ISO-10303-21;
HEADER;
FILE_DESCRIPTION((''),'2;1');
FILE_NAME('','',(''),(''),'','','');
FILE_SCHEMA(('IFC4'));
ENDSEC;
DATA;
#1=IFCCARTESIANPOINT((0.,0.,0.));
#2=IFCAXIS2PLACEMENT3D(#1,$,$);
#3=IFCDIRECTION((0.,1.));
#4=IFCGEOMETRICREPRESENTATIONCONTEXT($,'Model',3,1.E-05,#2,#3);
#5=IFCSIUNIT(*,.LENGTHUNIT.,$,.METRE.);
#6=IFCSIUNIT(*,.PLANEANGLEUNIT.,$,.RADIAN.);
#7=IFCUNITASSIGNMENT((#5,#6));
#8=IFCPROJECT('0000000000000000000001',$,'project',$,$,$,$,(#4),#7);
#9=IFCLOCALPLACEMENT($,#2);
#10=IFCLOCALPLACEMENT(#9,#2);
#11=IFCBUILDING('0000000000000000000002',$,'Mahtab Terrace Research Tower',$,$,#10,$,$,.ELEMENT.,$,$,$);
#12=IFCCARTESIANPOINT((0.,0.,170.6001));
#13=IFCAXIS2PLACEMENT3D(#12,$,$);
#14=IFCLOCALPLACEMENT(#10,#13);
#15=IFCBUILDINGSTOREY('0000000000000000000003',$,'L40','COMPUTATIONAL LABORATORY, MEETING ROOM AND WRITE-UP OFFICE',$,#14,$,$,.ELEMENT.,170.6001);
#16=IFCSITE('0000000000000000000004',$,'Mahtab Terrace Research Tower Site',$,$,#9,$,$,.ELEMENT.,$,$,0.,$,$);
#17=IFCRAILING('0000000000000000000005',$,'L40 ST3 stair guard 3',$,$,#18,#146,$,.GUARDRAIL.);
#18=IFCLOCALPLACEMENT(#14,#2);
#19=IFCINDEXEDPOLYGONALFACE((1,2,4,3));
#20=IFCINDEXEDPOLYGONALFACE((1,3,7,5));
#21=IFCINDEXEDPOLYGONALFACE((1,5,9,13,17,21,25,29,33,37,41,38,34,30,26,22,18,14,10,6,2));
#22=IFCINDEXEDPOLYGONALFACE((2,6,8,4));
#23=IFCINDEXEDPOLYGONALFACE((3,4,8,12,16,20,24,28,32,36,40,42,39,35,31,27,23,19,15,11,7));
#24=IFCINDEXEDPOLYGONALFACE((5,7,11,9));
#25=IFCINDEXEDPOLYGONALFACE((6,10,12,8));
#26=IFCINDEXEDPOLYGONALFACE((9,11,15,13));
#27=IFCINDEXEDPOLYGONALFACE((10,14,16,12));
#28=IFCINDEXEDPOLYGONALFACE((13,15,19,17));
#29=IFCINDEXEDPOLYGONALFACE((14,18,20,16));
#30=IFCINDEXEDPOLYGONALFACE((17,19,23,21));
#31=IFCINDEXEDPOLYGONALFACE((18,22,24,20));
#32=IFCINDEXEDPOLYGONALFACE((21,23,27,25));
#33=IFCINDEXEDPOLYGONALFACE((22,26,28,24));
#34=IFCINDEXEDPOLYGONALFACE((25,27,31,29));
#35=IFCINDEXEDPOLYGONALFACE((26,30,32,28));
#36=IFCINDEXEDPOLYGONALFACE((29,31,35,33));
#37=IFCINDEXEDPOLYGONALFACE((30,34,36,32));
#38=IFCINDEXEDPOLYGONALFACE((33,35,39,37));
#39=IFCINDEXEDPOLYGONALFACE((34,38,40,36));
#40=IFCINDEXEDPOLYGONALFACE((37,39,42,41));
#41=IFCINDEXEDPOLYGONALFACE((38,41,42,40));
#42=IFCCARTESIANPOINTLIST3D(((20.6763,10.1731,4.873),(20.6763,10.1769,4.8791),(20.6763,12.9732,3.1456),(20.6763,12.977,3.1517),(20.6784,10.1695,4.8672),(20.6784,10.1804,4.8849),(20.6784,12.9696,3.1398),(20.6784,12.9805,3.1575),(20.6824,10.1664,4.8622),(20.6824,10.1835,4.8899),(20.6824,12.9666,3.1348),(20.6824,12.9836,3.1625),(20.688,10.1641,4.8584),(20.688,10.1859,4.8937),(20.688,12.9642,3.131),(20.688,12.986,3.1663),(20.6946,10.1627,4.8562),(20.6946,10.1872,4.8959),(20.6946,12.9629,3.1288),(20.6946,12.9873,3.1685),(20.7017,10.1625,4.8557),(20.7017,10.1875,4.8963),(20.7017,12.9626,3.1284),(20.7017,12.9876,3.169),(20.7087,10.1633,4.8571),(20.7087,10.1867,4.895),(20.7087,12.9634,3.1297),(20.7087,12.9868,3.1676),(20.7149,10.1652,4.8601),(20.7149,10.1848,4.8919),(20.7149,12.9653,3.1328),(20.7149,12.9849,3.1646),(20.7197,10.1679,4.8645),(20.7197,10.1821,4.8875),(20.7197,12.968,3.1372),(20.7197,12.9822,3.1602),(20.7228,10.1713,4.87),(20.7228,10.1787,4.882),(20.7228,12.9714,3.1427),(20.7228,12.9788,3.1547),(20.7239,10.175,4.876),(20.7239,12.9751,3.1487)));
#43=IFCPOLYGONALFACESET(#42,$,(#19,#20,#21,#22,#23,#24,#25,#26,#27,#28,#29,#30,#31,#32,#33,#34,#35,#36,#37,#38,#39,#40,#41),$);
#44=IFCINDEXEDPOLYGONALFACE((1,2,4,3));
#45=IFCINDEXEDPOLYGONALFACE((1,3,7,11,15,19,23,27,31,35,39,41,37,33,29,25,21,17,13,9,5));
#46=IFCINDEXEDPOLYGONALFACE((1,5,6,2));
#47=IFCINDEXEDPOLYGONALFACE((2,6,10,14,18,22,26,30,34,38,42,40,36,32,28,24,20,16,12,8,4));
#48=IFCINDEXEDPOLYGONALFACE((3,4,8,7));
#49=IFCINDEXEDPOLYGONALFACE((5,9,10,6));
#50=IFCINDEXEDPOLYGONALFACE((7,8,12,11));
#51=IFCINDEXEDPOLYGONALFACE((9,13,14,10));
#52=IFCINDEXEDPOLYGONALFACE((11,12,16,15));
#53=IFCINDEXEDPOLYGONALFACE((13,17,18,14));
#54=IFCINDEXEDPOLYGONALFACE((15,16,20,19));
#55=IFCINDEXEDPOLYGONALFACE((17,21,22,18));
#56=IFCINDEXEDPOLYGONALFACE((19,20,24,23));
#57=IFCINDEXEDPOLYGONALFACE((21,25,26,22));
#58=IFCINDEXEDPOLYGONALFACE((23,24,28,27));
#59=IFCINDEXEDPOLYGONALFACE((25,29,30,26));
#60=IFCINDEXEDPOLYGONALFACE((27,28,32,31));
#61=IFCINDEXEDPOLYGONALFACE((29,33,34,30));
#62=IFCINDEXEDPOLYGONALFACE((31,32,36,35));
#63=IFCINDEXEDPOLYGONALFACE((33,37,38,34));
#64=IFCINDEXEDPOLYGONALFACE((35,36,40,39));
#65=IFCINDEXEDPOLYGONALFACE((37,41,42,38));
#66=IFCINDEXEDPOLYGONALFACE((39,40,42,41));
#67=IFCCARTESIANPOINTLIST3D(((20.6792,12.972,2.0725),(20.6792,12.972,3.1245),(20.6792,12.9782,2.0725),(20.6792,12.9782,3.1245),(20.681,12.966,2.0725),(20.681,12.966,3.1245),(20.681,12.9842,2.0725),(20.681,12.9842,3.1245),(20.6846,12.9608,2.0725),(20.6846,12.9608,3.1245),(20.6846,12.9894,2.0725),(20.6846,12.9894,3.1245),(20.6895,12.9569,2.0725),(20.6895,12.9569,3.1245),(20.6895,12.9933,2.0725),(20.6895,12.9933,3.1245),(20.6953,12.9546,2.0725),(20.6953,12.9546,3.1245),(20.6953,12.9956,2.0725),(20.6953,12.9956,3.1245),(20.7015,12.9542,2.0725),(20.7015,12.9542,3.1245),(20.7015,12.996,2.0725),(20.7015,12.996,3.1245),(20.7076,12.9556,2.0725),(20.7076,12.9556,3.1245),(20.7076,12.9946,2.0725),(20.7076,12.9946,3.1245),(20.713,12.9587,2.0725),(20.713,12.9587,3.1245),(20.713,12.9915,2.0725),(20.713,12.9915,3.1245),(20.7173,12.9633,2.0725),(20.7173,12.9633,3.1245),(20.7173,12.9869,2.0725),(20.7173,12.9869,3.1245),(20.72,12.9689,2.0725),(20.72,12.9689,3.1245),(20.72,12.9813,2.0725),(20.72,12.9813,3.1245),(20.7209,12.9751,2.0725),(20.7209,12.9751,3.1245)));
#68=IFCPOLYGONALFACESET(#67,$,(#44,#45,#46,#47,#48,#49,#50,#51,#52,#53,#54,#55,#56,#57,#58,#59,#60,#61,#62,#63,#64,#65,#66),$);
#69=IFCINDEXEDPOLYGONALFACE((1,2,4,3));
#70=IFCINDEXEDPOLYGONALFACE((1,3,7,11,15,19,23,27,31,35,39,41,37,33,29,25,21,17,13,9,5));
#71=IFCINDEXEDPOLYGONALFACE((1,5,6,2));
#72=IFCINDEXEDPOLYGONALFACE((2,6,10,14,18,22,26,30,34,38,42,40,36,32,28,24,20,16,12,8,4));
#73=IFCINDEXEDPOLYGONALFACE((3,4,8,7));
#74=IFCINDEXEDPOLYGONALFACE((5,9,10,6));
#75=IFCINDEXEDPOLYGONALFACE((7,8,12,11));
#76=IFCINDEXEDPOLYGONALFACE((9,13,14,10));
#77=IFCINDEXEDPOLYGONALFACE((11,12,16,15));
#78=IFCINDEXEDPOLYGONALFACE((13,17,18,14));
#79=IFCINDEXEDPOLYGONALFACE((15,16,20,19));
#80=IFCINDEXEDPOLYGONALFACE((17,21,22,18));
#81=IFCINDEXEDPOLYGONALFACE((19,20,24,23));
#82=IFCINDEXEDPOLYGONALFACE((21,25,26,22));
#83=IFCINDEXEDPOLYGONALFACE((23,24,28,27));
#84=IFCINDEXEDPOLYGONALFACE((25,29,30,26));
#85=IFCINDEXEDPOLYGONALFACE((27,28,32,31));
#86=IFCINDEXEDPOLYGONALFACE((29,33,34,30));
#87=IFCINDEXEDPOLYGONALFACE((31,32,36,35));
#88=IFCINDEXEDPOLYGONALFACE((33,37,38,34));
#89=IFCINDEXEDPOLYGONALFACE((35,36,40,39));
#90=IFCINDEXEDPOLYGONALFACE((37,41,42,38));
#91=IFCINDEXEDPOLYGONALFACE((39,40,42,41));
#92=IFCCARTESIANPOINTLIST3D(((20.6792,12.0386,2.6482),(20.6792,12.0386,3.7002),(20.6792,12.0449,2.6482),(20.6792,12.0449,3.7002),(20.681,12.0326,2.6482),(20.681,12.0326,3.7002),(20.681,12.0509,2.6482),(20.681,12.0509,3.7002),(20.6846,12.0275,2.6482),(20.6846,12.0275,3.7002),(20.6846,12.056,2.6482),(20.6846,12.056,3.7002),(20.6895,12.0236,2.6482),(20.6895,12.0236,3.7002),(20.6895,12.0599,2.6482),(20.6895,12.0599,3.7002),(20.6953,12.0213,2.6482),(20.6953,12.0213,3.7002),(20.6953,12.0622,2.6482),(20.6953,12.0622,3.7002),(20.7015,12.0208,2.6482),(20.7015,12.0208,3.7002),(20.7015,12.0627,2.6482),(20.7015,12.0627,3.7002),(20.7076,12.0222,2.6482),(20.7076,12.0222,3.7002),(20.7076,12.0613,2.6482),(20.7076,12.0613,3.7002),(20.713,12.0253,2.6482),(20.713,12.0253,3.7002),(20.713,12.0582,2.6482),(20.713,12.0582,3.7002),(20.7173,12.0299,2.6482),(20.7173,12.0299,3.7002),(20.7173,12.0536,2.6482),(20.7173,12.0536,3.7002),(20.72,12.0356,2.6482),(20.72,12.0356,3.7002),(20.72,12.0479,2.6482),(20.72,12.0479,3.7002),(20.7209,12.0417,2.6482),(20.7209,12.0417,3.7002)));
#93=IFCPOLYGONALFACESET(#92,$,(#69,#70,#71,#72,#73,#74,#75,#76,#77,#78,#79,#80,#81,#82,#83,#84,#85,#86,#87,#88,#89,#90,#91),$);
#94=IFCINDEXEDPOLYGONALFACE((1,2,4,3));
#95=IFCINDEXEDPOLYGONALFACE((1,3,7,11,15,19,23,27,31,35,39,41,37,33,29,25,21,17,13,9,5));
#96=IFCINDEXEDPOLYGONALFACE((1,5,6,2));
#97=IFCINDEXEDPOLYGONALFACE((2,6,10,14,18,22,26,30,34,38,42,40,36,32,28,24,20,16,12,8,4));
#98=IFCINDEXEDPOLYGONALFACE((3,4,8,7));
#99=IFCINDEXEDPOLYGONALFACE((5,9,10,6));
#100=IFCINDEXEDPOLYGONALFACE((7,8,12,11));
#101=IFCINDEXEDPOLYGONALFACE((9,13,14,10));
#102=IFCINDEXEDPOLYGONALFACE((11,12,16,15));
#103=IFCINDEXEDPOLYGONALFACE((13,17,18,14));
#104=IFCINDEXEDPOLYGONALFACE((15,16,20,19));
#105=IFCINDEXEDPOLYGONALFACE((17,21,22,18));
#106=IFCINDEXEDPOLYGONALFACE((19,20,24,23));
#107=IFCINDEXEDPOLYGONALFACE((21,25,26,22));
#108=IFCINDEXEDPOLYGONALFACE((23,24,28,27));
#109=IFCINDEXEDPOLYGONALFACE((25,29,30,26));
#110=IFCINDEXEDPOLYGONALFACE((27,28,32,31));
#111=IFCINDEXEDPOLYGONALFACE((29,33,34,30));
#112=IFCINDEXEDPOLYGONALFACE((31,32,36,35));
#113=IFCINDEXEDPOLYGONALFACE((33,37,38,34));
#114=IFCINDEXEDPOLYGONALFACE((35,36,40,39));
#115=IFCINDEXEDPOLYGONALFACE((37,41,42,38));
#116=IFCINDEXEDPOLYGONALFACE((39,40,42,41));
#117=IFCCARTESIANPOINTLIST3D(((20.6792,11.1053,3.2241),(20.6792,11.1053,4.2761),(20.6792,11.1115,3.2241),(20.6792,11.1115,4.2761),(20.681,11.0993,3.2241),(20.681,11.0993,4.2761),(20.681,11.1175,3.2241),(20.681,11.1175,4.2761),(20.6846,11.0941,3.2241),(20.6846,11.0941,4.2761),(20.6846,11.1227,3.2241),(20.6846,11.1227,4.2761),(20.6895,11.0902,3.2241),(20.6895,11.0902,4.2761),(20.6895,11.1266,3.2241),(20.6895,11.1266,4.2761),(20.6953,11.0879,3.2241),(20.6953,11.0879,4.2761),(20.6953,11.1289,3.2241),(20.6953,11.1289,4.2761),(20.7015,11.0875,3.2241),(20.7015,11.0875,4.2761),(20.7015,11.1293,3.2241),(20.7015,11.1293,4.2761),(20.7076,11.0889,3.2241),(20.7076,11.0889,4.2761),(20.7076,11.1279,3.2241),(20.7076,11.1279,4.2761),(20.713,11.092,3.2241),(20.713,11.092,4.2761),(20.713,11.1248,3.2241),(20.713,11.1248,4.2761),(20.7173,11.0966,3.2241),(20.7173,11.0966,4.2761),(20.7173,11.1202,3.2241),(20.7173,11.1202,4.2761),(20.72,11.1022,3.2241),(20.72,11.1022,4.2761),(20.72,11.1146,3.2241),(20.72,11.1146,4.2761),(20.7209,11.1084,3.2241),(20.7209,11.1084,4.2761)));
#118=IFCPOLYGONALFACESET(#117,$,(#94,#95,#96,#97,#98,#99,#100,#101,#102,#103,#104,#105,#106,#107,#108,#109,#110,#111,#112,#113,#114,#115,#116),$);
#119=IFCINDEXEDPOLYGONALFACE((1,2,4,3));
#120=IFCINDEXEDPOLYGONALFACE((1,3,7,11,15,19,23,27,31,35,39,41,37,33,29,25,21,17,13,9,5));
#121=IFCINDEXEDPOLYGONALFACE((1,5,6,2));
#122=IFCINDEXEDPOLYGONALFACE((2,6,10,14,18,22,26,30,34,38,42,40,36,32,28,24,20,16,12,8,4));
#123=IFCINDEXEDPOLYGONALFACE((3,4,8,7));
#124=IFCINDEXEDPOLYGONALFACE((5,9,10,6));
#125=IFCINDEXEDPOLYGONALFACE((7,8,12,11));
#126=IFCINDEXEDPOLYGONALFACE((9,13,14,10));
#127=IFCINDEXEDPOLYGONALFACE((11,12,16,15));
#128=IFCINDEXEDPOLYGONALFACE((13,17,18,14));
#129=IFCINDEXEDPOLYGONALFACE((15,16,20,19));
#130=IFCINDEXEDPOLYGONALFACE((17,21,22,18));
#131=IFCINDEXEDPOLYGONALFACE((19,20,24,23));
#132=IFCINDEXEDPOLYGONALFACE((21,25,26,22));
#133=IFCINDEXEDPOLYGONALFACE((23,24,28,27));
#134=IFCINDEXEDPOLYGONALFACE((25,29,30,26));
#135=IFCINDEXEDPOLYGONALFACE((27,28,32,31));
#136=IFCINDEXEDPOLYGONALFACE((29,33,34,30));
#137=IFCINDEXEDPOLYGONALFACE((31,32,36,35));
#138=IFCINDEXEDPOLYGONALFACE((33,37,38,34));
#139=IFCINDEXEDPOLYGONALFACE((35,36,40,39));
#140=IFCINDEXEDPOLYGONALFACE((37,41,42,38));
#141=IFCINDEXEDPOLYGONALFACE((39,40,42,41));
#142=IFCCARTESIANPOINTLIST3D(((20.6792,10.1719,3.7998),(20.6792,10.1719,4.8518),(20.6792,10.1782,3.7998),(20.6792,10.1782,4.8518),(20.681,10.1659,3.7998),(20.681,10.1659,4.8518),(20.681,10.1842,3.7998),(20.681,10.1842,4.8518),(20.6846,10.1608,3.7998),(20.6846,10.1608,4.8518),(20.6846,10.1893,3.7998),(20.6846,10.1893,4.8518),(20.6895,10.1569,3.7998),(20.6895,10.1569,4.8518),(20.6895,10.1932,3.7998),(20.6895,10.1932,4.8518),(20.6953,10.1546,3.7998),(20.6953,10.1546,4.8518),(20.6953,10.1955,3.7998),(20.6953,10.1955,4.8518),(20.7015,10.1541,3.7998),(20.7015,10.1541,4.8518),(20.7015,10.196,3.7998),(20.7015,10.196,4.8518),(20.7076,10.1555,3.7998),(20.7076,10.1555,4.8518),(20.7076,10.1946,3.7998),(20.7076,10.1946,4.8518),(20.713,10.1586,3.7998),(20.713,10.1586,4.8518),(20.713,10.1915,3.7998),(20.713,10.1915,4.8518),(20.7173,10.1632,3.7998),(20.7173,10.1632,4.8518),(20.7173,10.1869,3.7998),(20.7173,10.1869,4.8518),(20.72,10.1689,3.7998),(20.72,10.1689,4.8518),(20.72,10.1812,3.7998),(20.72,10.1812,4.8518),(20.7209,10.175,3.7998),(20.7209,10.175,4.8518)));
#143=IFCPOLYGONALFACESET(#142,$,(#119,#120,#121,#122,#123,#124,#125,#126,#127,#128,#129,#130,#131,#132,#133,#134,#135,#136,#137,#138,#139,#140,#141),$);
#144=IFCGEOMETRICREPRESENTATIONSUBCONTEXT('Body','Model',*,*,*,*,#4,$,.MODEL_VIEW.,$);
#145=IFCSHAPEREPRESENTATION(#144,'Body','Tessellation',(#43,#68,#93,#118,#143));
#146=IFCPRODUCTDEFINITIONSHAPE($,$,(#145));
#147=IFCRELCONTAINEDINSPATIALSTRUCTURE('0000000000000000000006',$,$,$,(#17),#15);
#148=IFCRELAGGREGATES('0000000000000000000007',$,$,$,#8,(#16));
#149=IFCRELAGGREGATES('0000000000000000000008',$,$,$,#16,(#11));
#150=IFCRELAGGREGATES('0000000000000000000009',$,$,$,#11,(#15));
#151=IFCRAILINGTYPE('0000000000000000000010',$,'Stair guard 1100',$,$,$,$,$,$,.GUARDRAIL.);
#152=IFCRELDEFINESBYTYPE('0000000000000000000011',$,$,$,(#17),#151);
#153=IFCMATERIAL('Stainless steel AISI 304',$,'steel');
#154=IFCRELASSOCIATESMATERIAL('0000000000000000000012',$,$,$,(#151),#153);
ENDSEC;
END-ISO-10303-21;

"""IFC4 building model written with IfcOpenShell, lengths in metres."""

from ifc_helpers import new_model, si_unit, direction, frame, origin, origin_2d, place, context, subcontext, project, spatial, circle, extrude, material, type_object, element, save


model = new_model("IFC4")

# Units and contexts
model_context = context("Model", 3, precision=1e-05, world=origin(), true_north=direction((0.0, 1.0)))
body_context = subcontext(model_context, "Body", "Model", "MODEL_VIEW")
ifc_project = project(units=[si_unit("LENGTHUNIT", "METRE"), si_unit("PLANEANGLEUNIT", "RADIAN")], contexts=[model_context])

# Site, building, storey
site_placement = place(None, origin())
site = spatial("IfcSite", under=ifc_project, at=site_placement, Name="Mahtab Terrace Research Tower Site", CompositionType="ELEMENT", RefElevation=0.0)
building_placement = place(site_placement, origin())
building = spatial("IfcBuilding", under=site, at=building_placement, Name="Mahtab Terrace Research Tower", CompositionType="ELEMENT")
storey_placement = place(building_placement, frame((0.0, 0.0, 170.6001)))
storey = spatial("IfcBuildingStorey", under=building, at=storey_placement, Name="L40", Description="COMPUTATIONAL LABORATORY, MEETING ROOM AND WRITE-UP OFFICE", CompositionType="ELEMENT", Elevation=170.6001)

# Shared definitions
ifc_material_1 = material(Name="Stainless steel AISI 304", Category="steel")

# Railing
railing_type_1 = type_object("IfcRailingType", Name="Stair guard 1100", PredefinedType="GUARDRAIL", material=ifc_material_1)
railing_1_placement = place(storey_placement, frame((20.7, 12.9751, 2.0725)))
element("IfcRailing", 1, at=railing_1_placement, inside=storey, type_object=railing_type_1, Name="L40 ST3 stair guard 3", PredefinedType="GUARDRAIL", context=body_context, shape_type="SweptSolid", body=[
    extrude(circle(Radius=0.0239, at=origin_2d()), frame((0.0, 0.0, 1.0762), z_axis=(0.0, -0.85109, 0.52502), x_axis=(1.0, 0.0, 0.0)), (0.0, 0.0, 1.0), 3.29),
    extrude(circle(Radius=0.021, at=origin_2d()), origin(), (0.0, 0.0, 1.0), 1.052),
    extrude(circle(Radius=0.021, at=origin_2d()), frame((0.0, -0.9333, 0.5757)), (0.0, 0.0, 1.0), 1.052),
    extrude(circle(Radius=0.021, at=origin_2d()), frame((0.0, -1.8667, 1.1516)), (0.0, 0.0, 1.0), 1.052),
    extrude(circle(Radius=0.021, at=origin_2d()), frame((0.0, -2.8, 1.7273)), (0.0, 0.0, 1.0), 1.052),
])

save(model, "model.ifc")
